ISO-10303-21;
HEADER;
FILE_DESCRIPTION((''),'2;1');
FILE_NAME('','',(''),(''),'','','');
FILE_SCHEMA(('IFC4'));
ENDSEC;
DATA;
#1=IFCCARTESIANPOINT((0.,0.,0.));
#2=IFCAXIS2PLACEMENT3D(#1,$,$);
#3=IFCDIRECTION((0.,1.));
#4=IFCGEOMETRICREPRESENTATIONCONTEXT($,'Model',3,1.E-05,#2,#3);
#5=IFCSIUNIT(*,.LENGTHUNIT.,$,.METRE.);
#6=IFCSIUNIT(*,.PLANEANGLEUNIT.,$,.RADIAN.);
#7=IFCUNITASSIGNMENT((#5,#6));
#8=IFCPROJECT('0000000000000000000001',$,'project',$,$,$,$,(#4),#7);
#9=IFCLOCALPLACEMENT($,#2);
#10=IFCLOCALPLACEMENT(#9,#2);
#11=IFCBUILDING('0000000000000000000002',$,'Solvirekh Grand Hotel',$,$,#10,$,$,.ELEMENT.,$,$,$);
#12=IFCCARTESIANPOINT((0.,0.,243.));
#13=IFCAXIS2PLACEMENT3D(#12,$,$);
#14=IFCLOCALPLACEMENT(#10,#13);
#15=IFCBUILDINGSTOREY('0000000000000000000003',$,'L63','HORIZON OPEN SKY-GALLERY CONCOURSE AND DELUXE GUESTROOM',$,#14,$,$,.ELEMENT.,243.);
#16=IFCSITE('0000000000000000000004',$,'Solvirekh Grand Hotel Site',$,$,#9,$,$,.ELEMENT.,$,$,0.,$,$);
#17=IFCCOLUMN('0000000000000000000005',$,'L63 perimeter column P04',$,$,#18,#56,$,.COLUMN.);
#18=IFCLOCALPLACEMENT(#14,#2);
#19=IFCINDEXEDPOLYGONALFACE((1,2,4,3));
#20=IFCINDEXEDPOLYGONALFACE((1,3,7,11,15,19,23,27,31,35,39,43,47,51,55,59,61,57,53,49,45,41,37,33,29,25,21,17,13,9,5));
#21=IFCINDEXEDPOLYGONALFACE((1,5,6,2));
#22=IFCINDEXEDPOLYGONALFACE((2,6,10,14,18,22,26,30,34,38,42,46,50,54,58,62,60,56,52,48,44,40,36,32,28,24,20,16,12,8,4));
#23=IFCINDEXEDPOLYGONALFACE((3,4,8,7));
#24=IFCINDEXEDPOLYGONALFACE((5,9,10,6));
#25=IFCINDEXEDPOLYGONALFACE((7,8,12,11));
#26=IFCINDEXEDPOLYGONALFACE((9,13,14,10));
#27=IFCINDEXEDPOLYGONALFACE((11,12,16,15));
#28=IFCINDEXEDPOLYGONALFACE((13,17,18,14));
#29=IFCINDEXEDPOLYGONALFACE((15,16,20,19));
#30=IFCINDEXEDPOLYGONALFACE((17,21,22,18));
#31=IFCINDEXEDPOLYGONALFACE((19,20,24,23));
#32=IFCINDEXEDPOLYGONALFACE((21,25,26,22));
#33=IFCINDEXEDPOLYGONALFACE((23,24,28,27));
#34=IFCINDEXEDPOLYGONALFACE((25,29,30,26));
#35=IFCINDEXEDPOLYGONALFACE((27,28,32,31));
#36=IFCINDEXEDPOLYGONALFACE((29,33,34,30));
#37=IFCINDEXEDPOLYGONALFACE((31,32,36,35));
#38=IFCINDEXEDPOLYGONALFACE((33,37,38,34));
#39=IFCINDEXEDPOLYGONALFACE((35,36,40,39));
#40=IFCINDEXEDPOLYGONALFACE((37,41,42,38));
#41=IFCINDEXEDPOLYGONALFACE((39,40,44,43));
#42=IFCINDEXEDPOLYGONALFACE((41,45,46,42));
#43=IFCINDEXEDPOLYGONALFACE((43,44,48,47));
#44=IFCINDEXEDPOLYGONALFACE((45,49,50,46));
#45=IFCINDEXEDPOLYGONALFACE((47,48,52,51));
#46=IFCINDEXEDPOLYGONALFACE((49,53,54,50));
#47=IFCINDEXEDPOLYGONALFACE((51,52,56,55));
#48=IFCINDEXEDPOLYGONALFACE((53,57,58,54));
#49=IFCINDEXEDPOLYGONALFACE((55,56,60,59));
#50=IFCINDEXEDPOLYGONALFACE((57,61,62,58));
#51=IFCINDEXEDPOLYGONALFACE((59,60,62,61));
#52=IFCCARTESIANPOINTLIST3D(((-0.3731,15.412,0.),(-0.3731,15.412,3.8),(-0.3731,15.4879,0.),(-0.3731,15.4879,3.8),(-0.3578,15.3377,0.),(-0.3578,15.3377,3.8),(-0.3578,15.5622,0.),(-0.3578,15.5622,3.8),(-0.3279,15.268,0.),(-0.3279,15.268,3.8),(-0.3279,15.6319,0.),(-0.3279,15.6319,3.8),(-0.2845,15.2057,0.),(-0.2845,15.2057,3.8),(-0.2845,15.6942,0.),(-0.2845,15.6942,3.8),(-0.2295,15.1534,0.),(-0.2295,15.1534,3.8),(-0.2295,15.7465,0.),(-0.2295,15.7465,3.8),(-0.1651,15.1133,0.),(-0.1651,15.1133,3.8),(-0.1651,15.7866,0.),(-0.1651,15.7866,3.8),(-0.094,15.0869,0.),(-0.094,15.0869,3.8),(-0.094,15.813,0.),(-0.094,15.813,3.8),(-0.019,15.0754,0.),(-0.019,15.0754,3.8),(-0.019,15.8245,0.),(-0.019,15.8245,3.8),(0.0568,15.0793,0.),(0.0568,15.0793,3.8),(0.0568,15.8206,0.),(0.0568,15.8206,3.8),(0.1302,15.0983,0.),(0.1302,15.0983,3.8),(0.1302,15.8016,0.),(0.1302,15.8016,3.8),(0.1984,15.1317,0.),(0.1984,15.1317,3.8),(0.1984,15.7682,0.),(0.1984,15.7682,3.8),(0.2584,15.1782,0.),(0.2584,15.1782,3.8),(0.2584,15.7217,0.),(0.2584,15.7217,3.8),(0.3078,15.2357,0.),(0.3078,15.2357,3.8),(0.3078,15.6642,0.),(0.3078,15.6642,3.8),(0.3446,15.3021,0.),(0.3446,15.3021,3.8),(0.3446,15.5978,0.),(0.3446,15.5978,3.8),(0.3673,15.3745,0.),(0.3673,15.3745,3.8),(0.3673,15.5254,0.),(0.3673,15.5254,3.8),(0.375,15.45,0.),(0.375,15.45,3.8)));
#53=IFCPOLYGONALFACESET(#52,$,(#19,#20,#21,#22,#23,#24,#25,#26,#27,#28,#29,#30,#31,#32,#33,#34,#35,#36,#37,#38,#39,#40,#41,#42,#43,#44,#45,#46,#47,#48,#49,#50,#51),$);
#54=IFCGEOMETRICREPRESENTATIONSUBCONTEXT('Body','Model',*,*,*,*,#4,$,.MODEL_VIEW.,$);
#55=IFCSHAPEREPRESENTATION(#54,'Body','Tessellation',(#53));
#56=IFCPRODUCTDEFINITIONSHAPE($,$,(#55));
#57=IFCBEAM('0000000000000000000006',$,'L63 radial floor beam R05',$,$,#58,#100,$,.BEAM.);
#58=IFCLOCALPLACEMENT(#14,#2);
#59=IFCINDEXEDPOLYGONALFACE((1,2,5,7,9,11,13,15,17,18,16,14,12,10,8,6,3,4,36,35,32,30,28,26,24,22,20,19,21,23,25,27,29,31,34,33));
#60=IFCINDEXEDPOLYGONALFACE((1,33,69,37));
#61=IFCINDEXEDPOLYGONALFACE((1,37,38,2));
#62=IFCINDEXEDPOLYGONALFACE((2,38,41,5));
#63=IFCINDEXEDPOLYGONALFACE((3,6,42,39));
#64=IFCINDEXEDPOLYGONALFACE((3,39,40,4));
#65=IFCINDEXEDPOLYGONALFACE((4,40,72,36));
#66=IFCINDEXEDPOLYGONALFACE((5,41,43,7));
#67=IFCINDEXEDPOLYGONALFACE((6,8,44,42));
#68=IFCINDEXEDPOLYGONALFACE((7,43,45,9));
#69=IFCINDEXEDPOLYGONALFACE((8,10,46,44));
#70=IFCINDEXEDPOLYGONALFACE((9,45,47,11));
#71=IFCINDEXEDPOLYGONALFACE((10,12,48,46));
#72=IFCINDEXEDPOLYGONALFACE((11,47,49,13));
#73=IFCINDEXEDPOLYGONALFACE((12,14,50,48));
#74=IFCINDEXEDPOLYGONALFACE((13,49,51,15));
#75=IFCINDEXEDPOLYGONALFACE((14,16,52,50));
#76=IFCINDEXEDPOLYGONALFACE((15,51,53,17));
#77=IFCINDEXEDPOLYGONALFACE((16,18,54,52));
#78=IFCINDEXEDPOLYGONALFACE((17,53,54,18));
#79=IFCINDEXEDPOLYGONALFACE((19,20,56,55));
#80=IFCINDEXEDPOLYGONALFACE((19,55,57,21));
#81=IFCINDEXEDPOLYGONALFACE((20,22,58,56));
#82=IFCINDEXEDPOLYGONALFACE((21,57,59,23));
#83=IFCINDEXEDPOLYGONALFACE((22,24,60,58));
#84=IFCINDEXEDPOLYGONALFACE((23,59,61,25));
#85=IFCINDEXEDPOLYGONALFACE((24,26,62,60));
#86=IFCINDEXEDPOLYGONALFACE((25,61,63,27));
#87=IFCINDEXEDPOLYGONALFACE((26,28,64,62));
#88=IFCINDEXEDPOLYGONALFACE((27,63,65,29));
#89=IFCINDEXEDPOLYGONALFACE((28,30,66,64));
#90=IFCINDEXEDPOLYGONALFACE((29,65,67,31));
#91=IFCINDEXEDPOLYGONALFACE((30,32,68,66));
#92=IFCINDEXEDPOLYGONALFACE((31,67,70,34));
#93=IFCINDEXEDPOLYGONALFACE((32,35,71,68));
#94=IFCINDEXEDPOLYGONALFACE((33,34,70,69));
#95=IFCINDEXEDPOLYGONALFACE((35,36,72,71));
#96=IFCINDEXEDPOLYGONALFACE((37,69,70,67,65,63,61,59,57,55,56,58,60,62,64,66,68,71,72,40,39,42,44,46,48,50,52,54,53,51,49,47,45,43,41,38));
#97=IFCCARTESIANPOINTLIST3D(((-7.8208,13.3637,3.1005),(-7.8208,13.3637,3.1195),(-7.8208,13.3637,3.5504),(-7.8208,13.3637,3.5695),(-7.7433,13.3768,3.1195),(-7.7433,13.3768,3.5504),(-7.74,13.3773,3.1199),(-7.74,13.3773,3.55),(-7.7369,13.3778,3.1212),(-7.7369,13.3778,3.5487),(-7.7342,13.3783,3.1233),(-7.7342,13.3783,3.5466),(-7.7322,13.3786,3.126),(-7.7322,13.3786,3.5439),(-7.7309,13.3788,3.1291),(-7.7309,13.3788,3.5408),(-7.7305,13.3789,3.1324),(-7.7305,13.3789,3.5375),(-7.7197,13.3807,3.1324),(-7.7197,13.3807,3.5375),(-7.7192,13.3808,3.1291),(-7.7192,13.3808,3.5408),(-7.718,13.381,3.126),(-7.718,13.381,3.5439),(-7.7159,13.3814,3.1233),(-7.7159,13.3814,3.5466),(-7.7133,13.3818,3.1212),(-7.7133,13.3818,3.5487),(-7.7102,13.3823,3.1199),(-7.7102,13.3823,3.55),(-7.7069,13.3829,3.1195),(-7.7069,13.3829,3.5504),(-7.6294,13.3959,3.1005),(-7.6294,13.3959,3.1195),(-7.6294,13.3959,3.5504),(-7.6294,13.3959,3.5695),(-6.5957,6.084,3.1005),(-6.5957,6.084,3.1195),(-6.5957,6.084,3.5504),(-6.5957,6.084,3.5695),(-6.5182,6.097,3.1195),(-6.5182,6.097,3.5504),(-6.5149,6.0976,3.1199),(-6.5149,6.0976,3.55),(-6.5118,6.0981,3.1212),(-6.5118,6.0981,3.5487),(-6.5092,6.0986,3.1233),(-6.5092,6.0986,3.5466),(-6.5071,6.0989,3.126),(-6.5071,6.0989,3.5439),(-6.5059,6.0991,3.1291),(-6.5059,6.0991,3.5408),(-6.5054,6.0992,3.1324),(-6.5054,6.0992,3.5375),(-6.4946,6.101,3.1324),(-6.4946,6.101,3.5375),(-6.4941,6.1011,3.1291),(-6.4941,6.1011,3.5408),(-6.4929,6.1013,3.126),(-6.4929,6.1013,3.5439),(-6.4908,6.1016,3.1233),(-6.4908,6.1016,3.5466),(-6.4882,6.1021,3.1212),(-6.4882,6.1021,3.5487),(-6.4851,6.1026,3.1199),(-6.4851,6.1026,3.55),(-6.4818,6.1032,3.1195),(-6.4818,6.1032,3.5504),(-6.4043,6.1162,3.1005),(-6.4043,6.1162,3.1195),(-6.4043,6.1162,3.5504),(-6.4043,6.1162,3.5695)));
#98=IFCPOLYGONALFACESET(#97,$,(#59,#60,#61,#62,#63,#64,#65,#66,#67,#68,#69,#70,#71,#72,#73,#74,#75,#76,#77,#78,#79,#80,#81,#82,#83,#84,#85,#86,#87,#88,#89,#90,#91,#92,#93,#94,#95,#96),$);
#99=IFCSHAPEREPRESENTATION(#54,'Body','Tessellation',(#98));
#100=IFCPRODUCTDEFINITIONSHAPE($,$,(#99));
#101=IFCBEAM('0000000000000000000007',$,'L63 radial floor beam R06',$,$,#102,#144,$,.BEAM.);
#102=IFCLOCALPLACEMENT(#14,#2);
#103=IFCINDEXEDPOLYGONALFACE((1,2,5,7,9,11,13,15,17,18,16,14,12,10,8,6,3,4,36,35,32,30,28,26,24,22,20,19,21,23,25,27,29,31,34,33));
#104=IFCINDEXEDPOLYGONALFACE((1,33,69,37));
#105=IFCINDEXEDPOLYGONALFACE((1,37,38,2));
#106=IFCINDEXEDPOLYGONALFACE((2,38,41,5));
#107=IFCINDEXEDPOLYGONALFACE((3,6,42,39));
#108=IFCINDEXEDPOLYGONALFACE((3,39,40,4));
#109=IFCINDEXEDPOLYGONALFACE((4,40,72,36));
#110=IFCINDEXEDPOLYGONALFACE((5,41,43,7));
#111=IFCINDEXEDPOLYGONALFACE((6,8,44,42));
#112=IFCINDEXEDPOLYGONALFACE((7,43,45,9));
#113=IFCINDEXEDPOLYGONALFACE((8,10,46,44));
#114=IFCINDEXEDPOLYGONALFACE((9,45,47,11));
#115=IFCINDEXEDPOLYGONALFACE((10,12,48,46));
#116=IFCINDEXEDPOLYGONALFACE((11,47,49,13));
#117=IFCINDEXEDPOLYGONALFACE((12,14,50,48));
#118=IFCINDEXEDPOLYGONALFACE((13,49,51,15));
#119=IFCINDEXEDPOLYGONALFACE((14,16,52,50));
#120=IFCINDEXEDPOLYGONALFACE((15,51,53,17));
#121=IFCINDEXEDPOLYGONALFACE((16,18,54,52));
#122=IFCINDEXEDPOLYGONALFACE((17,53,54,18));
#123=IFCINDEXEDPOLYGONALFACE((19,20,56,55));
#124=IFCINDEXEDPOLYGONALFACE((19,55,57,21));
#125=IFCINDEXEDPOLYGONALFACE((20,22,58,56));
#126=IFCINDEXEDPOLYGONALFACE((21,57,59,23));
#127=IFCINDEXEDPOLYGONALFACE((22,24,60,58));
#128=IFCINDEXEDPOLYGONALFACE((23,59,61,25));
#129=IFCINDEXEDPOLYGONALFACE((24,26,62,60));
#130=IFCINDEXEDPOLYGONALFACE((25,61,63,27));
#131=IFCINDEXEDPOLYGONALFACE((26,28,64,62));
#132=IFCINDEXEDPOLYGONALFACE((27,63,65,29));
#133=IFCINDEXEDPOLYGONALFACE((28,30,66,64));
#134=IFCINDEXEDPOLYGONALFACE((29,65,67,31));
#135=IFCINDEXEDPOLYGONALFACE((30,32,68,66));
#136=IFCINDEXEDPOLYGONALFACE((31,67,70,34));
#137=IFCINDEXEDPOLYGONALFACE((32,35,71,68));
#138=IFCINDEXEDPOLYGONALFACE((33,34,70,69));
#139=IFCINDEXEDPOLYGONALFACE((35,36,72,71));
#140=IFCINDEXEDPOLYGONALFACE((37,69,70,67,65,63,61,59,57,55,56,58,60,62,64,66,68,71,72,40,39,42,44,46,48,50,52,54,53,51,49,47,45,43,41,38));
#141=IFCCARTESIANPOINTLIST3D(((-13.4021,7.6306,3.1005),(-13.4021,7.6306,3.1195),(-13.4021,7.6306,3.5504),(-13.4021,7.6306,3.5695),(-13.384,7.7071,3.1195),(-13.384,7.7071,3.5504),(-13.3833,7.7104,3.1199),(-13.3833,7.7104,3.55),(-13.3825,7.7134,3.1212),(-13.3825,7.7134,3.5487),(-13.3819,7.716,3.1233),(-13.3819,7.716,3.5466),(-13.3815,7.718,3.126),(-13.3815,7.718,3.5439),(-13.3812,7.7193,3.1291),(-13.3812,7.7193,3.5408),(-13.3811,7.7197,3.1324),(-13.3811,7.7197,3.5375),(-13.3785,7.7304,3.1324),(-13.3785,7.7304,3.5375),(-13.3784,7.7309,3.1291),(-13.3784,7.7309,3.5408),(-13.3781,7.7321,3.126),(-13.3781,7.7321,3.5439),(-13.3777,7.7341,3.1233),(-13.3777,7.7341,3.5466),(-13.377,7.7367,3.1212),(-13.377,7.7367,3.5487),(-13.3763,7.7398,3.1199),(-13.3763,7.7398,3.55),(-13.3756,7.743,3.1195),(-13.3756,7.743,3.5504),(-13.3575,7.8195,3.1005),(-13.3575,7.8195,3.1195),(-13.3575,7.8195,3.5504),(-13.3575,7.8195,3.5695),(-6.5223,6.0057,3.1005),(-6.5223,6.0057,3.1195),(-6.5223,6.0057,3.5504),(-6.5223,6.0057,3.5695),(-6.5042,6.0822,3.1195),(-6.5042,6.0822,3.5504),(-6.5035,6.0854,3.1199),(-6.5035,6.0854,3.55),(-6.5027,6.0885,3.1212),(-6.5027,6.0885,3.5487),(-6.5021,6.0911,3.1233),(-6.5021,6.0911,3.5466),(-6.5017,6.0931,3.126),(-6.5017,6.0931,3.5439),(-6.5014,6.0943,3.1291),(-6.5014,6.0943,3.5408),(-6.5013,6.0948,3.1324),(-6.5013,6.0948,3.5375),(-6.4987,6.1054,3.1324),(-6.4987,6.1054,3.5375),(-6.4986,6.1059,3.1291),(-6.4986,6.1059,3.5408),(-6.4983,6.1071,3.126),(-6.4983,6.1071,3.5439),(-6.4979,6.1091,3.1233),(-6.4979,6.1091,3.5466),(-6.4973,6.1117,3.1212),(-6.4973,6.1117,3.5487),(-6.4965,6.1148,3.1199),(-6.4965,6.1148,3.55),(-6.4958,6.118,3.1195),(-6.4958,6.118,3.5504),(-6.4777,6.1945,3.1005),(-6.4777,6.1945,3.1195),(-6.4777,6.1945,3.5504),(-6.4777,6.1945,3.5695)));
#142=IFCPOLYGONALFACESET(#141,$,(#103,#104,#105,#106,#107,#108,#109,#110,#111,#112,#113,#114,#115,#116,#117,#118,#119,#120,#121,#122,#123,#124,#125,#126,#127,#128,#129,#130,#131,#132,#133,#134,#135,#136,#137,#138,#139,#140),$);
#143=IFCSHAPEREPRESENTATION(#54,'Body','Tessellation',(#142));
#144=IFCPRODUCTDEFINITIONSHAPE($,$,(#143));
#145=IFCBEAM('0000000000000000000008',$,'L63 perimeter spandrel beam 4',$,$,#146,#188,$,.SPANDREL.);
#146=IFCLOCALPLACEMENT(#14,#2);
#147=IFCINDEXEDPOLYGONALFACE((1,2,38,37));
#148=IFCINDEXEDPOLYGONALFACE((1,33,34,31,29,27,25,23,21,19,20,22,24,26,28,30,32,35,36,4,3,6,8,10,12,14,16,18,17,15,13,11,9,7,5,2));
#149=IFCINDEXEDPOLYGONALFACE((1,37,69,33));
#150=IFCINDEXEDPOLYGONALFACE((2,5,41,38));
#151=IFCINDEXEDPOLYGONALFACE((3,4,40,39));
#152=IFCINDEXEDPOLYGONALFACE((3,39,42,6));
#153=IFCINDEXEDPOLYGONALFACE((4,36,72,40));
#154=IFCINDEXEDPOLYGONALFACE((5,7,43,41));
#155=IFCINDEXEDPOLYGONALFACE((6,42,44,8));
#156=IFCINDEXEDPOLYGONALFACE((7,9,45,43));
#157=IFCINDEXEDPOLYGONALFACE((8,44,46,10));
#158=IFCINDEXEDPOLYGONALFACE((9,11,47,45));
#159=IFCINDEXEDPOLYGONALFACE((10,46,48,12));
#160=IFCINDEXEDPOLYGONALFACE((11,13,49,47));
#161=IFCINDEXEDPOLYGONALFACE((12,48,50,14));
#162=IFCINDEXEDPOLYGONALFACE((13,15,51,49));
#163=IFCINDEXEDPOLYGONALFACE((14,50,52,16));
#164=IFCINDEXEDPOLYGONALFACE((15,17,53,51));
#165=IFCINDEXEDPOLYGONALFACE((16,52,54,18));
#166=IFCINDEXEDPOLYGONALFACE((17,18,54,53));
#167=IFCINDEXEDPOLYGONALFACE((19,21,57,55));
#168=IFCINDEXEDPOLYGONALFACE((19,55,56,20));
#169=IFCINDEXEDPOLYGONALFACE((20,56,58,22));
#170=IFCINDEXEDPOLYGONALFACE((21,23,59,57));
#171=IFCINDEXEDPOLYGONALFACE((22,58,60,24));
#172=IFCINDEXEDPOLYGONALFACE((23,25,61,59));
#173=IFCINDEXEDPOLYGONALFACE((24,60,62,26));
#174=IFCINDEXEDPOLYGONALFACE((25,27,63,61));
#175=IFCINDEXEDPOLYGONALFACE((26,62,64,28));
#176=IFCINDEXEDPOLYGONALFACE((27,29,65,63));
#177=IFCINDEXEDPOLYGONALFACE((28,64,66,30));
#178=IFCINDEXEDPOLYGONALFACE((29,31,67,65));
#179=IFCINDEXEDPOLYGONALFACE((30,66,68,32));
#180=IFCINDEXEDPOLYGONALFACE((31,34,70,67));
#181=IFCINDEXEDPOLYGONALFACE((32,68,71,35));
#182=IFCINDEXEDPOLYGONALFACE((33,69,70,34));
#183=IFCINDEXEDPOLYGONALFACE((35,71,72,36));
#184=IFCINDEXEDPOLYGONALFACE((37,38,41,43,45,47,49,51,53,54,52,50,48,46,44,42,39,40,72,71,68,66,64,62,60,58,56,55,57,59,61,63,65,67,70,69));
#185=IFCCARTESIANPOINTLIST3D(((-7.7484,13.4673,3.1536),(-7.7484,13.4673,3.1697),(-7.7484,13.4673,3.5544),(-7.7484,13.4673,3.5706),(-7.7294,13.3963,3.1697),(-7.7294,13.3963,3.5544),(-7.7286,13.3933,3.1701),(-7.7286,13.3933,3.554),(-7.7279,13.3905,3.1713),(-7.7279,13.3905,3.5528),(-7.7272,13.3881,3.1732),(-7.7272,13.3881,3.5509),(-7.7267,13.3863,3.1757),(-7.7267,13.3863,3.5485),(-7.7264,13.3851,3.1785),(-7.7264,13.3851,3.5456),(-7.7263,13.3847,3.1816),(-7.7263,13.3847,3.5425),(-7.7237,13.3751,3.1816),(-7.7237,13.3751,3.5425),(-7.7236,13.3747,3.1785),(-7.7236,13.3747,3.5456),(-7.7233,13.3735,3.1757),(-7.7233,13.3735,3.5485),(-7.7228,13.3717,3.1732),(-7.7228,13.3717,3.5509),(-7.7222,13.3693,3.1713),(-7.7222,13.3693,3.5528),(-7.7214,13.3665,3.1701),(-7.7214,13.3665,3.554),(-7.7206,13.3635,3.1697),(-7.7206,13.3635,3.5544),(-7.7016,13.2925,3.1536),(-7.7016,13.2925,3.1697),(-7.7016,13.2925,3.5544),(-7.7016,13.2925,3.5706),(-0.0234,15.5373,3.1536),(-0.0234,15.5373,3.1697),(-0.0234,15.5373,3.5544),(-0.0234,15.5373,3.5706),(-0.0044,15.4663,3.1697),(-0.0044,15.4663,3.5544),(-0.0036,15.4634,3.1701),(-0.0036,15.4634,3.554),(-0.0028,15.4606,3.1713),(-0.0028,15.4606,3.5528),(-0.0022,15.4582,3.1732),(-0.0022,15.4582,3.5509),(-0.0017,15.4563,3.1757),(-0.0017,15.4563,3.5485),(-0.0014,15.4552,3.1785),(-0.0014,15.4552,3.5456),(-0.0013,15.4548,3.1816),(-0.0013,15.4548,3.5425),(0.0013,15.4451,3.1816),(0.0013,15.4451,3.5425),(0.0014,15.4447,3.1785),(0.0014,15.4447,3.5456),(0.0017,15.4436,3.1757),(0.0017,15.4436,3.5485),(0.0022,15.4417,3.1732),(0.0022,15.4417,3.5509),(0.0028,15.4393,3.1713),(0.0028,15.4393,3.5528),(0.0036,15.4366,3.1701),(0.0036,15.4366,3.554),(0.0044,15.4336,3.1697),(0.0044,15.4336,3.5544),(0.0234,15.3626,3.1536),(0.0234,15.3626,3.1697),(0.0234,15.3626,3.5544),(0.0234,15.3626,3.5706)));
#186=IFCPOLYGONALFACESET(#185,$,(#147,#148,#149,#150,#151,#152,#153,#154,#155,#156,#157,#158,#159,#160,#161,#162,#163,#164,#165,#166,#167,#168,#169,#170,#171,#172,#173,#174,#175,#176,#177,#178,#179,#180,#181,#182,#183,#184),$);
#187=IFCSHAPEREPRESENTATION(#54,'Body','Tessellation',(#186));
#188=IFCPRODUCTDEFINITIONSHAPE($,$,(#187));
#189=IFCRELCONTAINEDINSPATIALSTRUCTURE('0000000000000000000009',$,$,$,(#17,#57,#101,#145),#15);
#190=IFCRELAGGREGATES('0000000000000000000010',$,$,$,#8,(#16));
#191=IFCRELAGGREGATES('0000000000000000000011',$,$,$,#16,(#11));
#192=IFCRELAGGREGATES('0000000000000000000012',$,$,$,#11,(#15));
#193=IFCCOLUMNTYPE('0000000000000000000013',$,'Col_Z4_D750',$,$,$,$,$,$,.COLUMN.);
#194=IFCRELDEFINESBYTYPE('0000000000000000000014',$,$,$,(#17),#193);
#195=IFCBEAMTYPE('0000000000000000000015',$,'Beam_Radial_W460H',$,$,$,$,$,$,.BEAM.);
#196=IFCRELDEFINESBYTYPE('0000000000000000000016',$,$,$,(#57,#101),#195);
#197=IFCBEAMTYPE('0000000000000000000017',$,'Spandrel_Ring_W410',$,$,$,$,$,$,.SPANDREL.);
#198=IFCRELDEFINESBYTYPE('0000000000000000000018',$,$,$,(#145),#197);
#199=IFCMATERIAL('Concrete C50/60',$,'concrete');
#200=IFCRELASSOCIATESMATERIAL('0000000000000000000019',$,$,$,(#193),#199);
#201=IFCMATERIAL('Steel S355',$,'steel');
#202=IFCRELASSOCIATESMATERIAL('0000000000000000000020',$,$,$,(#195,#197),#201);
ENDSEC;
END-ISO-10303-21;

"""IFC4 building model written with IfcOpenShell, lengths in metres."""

from ifc_helpers import new_model, si_unit, direction, frame, origin, origin_2d, place, context, subcontext, project, spatial, circle, i_section, extrude, material, material_profile, profile_set, type_object, element, save


model = new_model("IFC4")

# Units and contexts
model_context = context("Model", 3, precision=1e-05, world=origin(), true_north=direction((0.0, 1.0)))
body_context = subcontext(model_context, "Body", "Model", "MODEL_VIEW")
ifc_project = project(units=[si_unit("LENGTHUNIT", "METRE"), si_unit("PLANEANGLEUNIT", "RADIAN")], contexts=[model_context])

# Site, building, storey
site_placement = place(None, origin())
site = spatial("IfcSite", under=ifc_project, at=site_placement, Name="Solvirekh Grand Hotel Site", CompositionType="ELEMENT", RefElevation=0.0)
building_placement = place(site_placement, origin())
building = spatial("IfcBuilding", under=site, at=building_placement, Name="Solvirekh Grand Hotel", CompositionType="ELEMENT")
storey_placement = place(building_placement, frame((0.0, 0.0, 243.0)))
storey = spatial("IfcBuildingStorey", under=building, at=storey_placement, Name="L63", Description="HORIZON OPEN SKY-GALLERY CONCOURSE AND DELUXE GUESTROOM", CompositionType="ELEMENT", Elevation=243.0)

# Column
ifc_material_1 = material(Name="Concrete C50/60", Category="concrete")
ifc_material_profile_1 = material_profile(ifc_material_1, circle(Radius=0.375, at=origin_2d()), Name="RC CIRC D750")
ifc_profile_set_1 = profile_set([ifc_material_profile_1], Name="Concrete C50/60")
column_type = type_object("IfcColumnType", Name="Col_Z4_D750", PredefinedType="COLUMN", material=ifc_profile_set_1)
column_placement = place(storey_placement, frame((0.0, 15.45, 0.0), z_axis=(0.0, 0.0, 1.0), x_axis=(1.0, 0.0, 0.0)))
element("IfcColumn", 1, at=column_placement, inside=storey, type_object=column_type, Name="L63 perimeter column P04", PredefinedType="COLUMN", context=body_context, shape_type="SweptSolid", body=[
    extrude(circle(Radius=0.375, at=origin_2d()), origin(), (0.0, 0.0, 1.0), 3.8),
])

# Beams
ifc_material_2 = material(Name="Steel S355", Category="steel")
ifc_material_profile_2 = material_profile(ifc_material_2, i_section(OverallWidth=0.1941, OverallDepth=0.469, WebThickness=0.011, FlangeThickness=0.019, FilletRadius=0.0129, at=origin_2d()), Name="W460X106")
ifc_profile_set_2 = profile_set([ifc_material_profile_2], Name="Steel S355")
beam_type_1 = type_object("IfcBeamType", Name="Beam_Radial_W460H", PredefinedType="BEAM", material=ifc_profile_set_2)
beam_1_placement = place(storey_placement, frame((-6.5, 6.1001, 3.335), z_axis=(-0.165954, 0.986133, 0.0), x_axis=(-0.986133, -0.165954, 0.0)))
element("IfcBeam", 2, at=beam_1_placement, inside=storey, type_object=beam_type_1, Name="L63 radial floor beam R05", PredefinedType="BEAM", context=body_context, shape_type="SweptSolid", body=[
    extrude(i_section(OverallWidth=0.1941, OverallDepth=0.469, WebThickness=0.011, FlangeThickness=0.019, FilletRadius=0.0129, at=origin_2d()), origin(), (0.0, 0.0, 1.0), 7.3821),
])
beam_2_placement = place(storey_placement, frame((-6.5, 6.1001, 3.335), z_axis=(-0.973221, 0.229871, 0.0), x_axis=(-0.229871, -0.973221, 0.0)))
element("IfcBeam", 3, at=beam_2_placement, inside=storey, type_object=beam_type_1, Name="L63 radial floor beam R06", PredefinedType="BEAM", context=body_context, shape_type="SweptSolid", body=[
    extrude(i_section(OverallWidth=0.1941, OverallDepth=0.469, WebThickness=0.011, FlangeThickness=0.019, FilletRadius=0.0129, at=origin_2d()), origin(), (0.0, 0.0, 1.0), 7.0691),
])
ifc_material_profile_3 = material_profile(ifc_material_2, i_section(OverallWidth=0.1809, OverallDepth=0.417, WebThickness=0.01, FlangeThickness=0.0161, FilletRadius=0.012, at=origin_2d()), Name="W410X85")
ifc_profile_set_3 = profile_set([ifc_material_profile_3], Name="Steel S355")
beam_type_2 = type_object("IfcBeamType", Name="Spandrel_Ring_W410", PredefinedType="SPANDREL", material=ifc_profile_set_3)
beam_3_placement = place(storey_placement, frame((0.0, 15.45, 3.3621), z_axis=(-0.965922, -0.258835, 0.0), x_axis=(0.258835, -0.965922, 0.0)))
element("IfcBeam", 4, at=beam_3_placement, inside=storey, type_object=beam_type_2, Name="L63 perimeter spandrel beam 4", PredefinedType="SPANDREL", context=body_context, shape_type="SweptSolid", body=[
    extrude(i_section(OverallWidth=0.1809, OverallDepth=0.417, WebThickness=0.01, FlangeThickness=0.0161, FilletRadius=0.012, at=origin_2d()), origin(), (0.0, 0.0, 1.0), 7.9976),
])

save(model, "model.ifc")
